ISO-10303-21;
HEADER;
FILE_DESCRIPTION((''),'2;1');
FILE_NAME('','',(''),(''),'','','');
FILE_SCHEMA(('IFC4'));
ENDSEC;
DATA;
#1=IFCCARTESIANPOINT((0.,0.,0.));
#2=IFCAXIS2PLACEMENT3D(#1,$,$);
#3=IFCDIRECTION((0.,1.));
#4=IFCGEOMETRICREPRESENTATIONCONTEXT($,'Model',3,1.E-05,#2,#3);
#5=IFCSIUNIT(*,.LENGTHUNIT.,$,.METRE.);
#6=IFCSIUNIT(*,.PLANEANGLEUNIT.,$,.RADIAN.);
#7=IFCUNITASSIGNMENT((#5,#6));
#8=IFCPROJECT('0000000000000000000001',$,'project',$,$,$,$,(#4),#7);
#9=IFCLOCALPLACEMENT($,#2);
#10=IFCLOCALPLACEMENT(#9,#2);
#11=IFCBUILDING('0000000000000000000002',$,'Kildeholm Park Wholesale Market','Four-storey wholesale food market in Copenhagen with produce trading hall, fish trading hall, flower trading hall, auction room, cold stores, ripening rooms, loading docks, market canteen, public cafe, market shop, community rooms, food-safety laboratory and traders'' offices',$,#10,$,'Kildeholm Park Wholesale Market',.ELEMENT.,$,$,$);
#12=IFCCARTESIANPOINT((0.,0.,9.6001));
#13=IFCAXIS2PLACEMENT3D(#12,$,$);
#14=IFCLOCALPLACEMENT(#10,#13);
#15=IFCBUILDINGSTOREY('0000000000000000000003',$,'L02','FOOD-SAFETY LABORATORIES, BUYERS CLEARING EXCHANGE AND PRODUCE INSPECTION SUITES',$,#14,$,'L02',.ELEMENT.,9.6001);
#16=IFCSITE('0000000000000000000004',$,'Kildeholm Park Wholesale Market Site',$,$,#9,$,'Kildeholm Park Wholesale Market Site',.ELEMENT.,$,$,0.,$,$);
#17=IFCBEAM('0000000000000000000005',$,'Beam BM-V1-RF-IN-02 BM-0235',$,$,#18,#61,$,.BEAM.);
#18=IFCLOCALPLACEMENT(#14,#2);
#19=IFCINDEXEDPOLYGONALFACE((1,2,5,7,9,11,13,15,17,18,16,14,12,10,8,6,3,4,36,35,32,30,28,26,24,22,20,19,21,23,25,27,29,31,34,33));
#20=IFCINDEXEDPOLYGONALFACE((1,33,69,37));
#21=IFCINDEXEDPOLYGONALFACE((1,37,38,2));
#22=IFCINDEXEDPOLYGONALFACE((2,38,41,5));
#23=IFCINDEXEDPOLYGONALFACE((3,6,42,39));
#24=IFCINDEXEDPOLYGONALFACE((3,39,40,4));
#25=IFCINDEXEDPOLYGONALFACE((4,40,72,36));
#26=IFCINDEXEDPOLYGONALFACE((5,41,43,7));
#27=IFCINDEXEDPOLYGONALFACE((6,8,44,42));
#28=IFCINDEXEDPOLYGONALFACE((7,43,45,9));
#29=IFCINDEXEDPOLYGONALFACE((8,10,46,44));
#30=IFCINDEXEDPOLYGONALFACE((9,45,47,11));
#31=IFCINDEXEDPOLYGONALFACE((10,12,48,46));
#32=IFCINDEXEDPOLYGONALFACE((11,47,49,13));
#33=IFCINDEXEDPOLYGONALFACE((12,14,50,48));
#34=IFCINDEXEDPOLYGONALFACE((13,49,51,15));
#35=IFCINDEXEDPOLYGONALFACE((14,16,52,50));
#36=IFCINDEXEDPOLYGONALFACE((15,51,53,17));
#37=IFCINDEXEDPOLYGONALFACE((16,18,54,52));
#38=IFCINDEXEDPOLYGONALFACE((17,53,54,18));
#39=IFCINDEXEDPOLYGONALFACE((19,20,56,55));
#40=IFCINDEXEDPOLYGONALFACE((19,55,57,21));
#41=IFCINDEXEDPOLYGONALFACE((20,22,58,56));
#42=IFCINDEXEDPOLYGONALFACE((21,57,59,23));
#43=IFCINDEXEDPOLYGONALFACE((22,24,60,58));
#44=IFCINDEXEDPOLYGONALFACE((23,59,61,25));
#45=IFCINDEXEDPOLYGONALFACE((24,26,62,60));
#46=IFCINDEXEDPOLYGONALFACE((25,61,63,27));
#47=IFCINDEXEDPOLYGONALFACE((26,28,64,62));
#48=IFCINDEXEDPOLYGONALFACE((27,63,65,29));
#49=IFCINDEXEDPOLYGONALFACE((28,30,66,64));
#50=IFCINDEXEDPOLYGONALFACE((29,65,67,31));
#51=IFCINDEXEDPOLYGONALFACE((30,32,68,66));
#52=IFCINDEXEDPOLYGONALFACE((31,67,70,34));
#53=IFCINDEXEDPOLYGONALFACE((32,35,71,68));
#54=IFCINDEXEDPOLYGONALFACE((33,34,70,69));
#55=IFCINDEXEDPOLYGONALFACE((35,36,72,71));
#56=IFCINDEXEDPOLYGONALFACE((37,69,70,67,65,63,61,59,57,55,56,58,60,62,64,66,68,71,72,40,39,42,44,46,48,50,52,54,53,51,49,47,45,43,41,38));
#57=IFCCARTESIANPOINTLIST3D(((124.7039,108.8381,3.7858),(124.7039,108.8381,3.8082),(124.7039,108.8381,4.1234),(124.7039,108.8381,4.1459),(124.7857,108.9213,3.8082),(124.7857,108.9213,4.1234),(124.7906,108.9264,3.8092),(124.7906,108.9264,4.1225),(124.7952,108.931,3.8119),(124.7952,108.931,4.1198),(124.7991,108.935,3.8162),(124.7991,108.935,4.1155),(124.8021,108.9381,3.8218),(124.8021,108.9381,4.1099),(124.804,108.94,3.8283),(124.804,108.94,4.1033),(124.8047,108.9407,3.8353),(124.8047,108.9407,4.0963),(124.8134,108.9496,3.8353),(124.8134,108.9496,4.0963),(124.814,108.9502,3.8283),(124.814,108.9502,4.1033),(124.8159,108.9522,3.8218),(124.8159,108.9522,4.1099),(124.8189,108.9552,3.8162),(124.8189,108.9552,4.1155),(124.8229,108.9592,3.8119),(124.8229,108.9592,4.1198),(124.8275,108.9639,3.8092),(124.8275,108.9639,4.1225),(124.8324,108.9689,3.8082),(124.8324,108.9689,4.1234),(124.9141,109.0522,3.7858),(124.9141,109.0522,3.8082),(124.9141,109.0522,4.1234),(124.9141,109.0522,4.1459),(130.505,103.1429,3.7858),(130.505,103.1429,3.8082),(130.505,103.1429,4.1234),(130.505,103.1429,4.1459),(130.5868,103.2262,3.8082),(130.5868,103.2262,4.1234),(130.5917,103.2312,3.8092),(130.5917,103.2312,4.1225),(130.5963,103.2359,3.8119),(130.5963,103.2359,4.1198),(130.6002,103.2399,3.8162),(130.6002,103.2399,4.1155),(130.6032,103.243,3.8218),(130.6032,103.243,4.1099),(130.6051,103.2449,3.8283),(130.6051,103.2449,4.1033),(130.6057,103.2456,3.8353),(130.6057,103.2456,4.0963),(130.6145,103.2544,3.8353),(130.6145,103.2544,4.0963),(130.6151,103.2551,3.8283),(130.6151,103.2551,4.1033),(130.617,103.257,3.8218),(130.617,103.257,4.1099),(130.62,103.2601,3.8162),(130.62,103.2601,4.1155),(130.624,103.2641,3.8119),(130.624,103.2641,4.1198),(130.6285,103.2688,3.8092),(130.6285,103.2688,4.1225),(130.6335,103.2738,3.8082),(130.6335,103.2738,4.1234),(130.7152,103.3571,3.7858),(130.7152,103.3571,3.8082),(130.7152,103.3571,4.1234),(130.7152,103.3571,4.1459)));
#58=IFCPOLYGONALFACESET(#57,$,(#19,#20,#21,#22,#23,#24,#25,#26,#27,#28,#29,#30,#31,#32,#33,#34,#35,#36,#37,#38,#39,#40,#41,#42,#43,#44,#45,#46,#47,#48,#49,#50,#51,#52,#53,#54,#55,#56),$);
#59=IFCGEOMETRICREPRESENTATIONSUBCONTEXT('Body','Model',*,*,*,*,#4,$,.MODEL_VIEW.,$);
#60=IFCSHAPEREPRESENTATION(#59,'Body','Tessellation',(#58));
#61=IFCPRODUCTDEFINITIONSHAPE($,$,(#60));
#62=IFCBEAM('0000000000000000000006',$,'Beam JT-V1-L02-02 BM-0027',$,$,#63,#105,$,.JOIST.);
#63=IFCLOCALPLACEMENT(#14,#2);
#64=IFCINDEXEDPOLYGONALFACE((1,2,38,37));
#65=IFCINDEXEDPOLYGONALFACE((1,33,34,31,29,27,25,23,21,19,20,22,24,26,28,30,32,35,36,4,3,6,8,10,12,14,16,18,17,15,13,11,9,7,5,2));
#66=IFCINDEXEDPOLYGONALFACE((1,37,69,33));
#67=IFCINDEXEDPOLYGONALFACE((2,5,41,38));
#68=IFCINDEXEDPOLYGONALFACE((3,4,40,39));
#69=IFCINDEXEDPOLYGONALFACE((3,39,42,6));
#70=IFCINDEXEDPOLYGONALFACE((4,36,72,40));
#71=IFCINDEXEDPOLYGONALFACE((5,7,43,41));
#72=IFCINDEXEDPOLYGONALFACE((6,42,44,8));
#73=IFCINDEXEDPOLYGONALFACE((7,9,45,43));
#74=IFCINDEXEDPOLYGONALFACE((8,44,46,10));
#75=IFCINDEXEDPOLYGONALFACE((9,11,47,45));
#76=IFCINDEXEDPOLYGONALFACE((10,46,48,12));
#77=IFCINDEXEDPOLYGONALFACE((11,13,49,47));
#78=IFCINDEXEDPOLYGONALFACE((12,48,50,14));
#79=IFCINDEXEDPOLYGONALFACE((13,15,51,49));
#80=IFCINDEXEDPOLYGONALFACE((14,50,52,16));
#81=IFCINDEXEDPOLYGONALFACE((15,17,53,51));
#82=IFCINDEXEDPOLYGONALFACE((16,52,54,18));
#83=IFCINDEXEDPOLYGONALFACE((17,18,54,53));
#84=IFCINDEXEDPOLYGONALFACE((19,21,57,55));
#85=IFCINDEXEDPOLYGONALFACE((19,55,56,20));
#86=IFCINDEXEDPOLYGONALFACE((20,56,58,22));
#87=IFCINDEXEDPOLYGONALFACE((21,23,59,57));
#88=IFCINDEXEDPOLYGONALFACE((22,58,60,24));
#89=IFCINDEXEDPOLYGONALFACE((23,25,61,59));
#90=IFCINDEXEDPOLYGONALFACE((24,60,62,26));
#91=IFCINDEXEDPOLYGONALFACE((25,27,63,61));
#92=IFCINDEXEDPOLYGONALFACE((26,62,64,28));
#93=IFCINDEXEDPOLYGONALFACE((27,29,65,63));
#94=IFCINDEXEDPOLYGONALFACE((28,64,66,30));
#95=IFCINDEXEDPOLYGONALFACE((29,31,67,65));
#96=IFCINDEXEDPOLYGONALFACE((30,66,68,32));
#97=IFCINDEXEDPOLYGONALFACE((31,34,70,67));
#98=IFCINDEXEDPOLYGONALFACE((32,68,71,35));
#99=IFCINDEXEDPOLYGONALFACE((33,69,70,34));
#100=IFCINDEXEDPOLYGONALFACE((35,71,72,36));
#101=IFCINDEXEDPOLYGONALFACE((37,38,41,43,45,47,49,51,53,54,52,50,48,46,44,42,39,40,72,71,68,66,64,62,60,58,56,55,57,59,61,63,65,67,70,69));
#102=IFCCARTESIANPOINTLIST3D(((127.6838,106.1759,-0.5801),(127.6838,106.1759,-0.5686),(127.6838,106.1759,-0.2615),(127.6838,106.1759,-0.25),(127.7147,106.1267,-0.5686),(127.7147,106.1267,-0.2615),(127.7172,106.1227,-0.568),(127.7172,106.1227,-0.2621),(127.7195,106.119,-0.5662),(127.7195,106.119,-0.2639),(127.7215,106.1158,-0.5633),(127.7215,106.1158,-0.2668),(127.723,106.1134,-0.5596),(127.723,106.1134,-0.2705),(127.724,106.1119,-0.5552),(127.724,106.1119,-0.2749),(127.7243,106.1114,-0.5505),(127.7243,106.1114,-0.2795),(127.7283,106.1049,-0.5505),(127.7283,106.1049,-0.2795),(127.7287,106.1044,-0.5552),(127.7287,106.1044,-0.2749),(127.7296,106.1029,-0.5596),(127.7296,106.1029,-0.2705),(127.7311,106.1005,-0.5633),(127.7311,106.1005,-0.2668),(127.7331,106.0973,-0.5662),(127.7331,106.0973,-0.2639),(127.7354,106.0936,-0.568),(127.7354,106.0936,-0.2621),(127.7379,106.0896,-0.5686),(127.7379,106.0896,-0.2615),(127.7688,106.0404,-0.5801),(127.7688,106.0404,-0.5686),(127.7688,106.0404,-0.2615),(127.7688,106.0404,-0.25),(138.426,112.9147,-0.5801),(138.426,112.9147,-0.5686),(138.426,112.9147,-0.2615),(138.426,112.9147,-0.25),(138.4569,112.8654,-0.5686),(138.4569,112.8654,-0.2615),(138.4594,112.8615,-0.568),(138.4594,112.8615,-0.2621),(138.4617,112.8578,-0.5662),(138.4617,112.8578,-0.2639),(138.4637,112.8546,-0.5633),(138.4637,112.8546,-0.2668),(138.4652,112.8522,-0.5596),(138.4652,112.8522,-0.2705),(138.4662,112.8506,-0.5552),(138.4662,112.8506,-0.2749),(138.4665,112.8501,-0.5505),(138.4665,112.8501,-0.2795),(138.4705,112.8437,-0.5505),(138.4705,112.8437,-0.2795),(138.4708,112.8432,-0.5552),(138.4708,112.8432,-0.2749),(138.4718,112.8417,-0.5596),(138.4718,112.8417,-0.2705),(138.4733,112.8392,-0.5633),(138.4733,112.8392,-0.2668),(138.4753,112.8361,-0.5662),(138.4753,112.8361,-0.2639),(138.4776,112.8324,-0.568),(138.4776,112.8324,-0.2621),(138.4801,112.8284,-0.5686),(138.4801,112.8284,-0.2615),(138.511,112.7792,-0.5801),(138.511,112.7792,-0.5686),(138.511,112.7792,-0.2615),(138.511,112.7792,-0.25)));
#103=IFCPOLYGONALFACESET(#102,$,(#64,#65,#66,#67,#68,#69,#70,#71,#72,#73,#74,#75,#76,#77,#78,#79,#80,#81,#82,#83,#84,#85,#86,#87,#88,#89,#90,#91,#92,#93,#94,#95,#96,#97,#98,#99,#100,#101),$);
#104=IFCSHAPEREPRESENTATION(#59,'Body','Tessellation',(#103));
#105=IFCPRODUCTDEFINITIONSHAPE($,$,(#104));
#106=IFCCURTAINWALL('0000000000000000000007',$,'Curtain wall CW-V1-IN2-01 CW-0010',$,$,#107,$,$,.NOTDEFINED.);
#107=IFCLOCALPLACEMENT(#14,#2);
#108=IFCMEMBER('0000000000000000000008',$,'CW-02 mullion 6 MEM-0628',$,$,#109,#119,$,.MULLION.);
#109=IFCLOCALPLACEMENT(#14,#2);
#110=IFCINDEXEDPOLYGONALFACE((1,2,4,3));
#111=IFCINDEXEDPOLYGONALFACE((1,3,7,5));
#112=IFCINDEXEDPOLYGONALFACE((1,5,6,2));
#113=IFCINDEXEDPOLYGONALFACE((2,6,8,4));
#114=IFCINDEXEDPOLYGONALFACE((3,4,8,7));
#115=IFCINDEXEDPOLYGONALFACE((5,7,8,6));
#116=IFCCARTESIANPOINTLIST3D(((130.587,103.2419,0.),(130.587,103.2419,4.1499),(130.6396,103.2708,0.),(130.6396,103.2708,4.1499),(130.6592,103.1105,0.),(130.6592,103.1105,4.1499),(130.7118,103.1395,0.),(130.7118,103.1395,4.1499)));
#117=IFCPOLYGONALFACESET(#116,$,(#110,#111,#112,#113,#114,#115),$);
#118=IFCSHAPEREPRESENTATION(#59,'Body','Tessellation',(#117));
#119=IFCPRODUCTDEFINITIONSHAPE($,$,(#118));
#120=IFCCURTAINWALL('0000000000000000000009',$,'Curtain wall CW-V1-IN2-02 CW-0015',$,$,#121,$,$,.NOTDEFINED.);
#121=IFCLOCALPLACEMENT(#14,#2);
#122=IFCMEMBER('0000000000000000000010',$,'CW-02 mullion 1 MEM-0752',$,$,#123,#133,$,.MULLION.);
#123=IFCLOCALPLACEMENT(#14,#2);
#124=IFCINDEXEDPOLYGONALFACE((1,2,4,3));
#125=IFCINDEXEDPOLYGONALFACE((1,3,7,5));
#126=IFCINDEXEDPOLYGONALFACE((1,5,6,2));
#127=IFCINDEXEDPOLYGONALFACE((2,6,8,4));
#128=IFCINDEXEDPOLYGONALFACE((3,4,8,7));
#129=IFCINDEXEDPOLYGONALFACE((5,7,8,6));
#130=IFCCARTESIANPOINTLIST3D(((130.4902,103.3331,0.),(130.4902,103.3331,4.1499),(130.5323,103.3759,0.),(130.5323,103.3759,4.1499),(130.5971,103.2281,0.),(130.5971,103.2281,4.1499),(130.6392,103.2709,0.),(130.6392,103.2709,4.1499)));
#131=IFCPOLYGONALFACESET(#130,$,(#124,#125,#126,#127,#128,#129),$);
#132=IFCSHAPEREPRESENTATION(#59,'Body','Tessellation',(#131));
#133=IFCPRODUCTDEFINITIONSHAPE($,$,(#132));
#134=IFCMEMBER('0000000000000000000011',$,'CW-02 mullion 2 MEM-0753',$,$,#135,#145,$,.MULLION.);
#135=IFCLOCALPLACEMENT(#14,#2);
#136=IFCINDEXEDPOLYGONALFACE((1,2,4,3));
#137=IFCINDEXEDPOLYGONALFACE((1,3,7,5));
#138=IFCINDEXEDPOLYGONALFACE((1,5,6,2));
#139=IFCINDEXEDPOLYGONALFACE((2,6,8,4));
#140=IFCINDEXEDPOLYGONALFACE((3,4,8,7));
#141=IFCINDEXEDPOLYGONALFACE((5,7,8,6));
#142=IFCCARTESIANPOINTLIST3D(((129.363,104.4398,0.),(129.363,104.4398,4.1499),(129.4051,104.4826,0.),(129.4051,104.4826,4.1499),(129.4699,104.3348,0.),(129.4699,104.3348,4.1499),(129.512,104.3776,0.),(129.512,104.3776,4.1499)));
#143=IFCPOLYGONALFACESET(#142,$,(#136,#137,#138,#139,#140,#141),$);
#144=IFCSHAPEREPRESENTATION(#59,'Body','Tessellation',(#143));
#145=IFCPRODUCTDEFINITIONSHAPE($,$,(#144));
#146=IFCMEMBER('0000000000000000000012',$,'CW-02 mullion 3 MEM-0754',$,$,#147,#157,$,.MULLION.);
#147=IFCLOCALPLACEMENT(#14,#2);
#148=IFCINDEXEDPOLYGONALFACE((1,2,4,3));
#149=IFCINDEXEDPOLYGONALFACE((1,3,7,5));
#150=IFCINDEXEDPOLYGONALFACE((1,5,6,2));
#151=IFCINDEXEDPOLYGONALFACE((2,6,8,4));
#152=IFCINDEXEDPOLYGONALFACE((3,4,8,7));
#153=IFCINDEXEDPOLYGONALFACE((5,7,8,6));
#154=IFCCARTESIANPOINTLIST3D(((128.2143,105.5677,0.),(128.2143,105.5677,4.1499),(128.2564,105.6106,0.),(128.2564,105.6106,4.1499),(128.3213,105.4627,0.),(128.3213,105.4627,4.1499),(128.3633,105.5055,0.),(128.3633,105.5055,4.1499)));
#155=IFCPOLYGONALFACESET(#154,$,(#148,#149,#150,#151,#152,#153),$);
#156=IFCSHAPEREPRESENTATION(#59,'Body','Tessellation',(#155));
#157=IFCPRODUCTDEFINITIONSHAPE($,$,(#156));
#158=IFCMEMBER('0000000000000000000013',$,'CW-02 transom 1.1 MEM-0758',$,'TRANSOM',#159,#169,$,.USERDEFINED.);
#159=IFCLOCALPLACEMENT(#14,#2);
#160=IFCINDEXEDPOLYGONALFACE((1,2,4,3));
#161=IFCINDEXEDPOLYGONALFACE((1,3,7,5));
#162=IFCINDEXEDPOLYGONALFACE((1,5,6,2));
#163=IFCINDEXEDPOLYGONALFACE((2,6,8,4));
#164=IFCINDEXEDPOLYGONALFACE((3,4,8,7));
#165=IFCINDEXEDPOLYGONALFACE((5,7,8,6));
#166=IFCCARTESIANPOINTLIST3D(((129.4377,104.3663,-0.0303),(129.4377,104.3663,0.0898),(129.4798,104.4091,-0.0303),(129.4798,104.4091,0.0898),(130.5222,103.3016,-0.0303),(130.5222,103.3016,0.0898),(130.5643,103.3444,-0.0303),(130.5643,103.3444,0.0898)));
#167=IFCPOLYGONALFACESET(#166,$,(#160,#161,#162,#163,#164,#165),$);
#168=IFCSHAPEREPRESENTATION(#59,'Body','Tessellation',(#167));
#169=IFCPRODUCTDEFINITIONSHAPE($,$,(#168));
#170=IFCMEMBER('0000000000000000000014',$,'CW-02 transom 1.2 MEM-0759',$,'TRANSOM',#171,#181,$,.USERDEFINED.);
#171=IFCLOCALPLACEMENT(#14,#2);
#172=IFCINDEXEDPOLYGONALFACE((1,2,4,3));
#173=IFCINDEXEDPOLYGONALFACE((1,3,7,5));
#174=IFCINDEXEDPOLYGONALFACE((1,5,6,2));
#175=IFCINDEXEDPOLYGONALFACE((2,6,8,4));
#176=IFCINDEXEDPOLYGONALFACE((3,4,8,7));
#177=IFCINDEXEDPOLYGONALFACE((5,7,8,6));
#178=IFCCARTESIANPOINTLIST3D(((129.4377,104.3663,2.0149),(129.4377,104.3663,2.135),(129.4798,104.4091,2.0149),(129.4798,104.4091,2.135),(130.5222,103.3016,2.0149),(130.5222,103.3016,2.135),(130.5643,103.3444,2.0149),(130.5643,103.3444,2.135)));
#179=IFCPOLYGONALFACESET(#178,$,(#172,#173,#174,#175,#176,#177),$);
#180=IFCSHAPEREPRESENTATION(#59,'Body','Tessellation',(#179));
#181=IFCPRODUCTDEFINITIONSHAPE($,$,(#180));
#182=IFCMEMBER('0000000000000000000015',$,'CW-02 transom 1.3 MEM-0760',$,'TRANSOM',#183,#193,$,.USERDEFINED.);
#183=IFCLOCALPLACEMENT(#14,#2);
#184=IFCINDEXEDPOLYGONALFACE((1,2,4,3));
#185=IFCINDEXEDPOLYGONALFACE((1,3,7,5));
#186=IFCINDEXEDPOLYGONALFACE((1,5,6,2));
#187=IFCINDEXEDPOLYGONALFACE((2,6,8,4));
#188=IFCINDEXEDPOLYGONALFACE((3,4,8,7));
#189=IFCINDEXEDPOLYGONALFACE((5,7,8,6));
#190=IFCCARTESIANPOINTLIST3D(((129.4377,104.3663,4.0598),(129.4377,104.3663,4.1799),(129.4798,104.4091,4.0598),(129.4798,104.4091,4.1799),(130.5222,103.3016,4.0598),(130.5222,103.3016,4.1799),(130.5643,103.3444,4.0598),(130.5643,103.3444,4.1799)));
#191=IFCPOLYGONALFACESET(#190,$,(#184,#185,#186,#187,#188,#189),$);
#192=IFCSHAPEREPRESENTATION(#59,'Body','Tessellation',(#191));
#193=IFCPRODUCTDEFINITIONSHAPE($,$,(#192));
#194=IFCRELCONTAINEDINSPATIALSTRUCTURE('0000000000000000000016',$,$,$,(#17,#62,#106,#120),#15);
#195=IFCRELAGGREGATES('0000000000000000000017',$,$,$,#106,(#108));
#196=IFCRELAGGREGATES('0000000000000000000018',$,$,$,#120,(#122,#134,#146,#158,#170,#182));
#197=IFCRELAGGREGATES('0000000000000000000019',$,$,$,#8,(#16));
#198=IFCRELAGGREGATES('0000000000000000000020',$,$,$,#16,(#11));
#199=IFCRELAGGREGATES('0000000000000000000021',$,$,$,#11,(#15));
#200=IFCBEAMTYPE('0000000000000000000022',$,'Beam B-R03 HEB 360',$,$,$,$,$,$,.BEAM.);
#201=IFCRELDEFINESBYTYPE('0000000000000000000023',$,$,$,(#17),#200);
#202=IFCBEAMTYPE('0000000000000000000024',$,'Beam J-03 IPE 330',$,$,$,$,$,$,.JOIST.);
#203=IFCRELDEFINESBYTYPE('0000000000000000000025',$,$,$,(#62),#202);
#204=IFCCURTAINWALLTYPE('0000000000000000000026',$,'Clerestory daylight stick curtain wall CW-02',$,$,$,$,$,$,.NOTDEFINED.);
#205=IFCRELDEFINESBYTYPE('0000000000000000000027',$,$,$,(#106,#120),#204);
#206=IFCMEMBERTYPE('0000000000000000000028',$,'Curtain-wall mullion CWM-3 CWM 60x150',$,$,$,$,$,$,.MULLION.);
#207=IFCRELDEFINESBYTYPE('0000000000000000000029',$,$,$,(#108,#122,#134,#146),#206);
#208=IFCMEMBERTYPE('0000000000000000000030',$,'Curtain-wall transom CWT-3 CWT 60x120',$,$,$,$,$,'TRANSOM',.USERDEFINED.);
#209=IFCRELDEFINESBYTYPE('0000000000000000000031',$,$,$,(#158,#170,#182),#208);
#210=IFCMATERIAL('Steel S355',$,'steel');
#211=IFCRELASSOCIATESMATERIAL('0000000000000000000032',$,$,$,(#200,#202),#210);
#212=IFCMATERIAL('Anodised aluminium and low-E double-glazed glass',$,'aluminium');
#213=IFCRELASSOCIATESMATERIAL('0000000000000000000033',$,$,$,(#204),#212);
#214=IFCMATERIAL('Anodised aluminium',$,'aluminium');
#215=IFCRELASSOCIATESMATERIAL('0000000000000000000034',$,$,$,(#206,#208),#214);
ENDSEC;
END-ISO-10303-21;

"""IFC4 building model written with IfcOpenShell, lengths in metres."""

from ifc_helpers import new_model, si_unit, direction, frame, origin, origin_2d, place, context, subcontext, project, spatial, rectangle, i_section, extrude, material, material_profile, profile_set, type_object, element, aggregate, save


model = new_model("IFC4")

# Units and contexts
model_context = context("Model", 3, precision=1e-05, world=origin(), true_north=direction((0.0, 1.0)))
body_context = subcontext(model_context, "Body", "Model", "MODEL_VIEW")
ifc_project = project(units=[si_unit("LENGTHUNIT", "METRE"), si_unit("PLANEANGLEUNIT", "RADIAN")], contexts=[model_context])

# Site, building, storey
site_placement = place(None, origin())
site = spatial("IfcSite", under=ifc_project, at=site_placement, Name="Kildeholm Park Wholesale Market Site", LongName="Kildeholm Park Wholesale Market Site", CompositionType="ELEMENT", RefElevation=0.0)
building_placement = place(site_placement, origin())
building = spatial("IfcBuilding", under=site, at=building_placement, Name="Kildeholm Park Wholesale Market", Description="Four-storey wholesale food market in Copenhagen with produce trading hall, fish trading hall, flower trading hall, auction room, cold stores, ripening rooms, loading docks, market canteen, public cafe, market shop, community rooms, food-safety laboratory and traders' offices", LongName="Kildeholm Park Wholesale Market", CompositionType="ELEMENT")
storey_placement = place(building_placement, frame((0.0, 0.0, 9.6001)))
storey = spatial("IfcBuildingStorey", under=building, at=storey_placement, Name="L02", Description="FOOD-SAFETY LABORATORIES, BUYERS CLEARING EXCHANGE AND PRODUCE INSPECTION SUITES", LongName="L02", CompositionType="ELEMENT", Elevation=9.6001)

# Shared definitions
ifc_material_1 = material(Name="Steel S355", Category="steel")

# Beams
ifc_material_profile_1 = material_profile(ifc_material_1, i_section(OverallWidth=0.3, OverallDepth=0.3601, WebThickness=0.0125, FlangeThickness=0.0225, FilletRadius=0.0271, at=origin_2d()), Name="HEB 360")
ifc_profile_set_1 = profile_set([ifc_material_profile_1], Name="Steel S355")
beam_type_1 = type_object("IfcBeamType", Name="Beam B-R03 HEB 360", PredefinedType="BEAM", material=ifc_profile_set_1)
beam_1_placement = place(storey_placement, frame((130.6101, 103.25, 3.9658), z_axis=(-0.713594, 0.70056, 0.0), x_axis=(-0.70056, -0.713594, 0.0)))
element("IfcBeam", 1, at=beam_1_placement, inside=storey, type_object=beam_type_1, Name="Beam BM-V1-RF-IN-02 BM-0235", PredefinedType="BEAM", context=body_context, shape_type="SweptSolid", body=[
    extrude(i_section(OverallWidth=0.3, OverallDepth=0.3601, WebThickness=0.0125, FlangeThickness=0.0225, FilletRadius=0.0271, at=origin_2d()), origin(), (0.0, 0.0, 1.0), 8.1294),
])
ifc_material_profile_2 = material_profile(ifc_material_1, i_section(OverallWidth=0.1599, OverallDepth=0.3301, WebThickness=0.0076, FlangeThickness=0.0115, FilletRadius=0.0181, at=origin_2d()), Name="IPE 330")
ifc_profile_set_2 = profile_set([ifc_material_profile_2], Name="Steel S355")
beam_type_2 = type_object("IfcBeamType", Name="Beam J-03 IPE 330", PredefinedType="JOIST", material=ifc_profile_set_2)
beam_2_placement = place(storey_placement, frame((127.7263, 106.1082, -0.415), z_axis=(0.847115, 0.53141, 0.0), x_axis=(-0.53141, 0.847115, 0.0)))
element("IfcBeam", 2, at=beam_2_placement, inside=storey, type_object=beam_type_2, Name="Beam JT-V1-L02-02 BM-0027", PredefinedType="JOIST", context=body_context, shape_type="SweptSolid", body=[
    extrude(i_section(OverallWidth=0.1599, OverallDepth=0.3301, WebThickness=0.0076, FlangeThickness=0.0115, FilletRadius=0.0181, at=origin_2d()), origin(), (0.0, 0.0, 1.0), 12.6809),
])

# Curtain wall, member
ifc_material_2 = material(Name="Anodised aluminium and low-E double-glazed glass", Category="aluminium")
curtain_wall_type = type_object("IfcCurtainWallType", Name="Clerestory daylight stick curtain wall CW-02", PredefinedType="NOTDEFINED", material=ifc_material_2)
curtain_wall_1_placement = place(storey_placement, origin())
curtain_wall_1 = element("IfcCurtainWall", 3, at=curtain_wall_1_placement, inside=storey, type_object=curtain_wall_type, Name="Curtain wall CW-V1-IN2-01 CW-0010", PredefinedType="NOTDEFINED")
ifc_material_3 = material(Name="Anodised aluminium", Category="aluminium")
ifc_material_profile_3 = material_profile(ifc_material_3, rectangle(XDim=0.0601, YDim=0.1499, at=origin_2d()), Name="CWM 60x150")
ifc_profile_set_3 = profile_set([ifc_material_profile_3], Name="Anodised aluminium")
member_type_1 = type_object("IfcMemberType", Name="Curtain-wall mullion CWM-3 CWM 60x150", PredefinedType="MULLION", material=ifc_profile_set_3)
member_1_placement = place(storey_placement, frame((130.6494, 103.1907, 0.0), z_axis=(0.0, 0.0, 1.0), x_axis=(-0.876309, -0.48175, 0.0)))
member_1 = element("IfcMember", 4, at=member_1_placement, type_object=member_type_1, Name="CW-02 mullion 6 MEM-0628", PredefinedType="MULLION", context=body_context, shape_type="SweptSolid", body=[
    extrude(rectangle(XDim=0.0601, YDim=0.1499, at=origin_2d()), origin(), (0.0, 0.0, 1.0), 4.1499),
])
aggregate(curtain_wall_1, [member_1])

# Curtain wall, members
curtain_wall_2_placement = place(storey_placement, origin())
curtain_wall_2 = element("IfcCurtainWall", 5, at=curtain_wall_2_placement, inside=storey, type_object=curtain_wall_type, Name="Curtain wall CW-V1-IN2-02 CW-0015", PredefinedType="NOTDEFINED")
member_2_placement = place(storey_placement, frame((130.5647, 103.302, 0.0), z_axis=(0.0, 0.0, 1.0), x_axis=(-0.700617, -0.713538, 0.0)))
member_2 = element("IfcMember", 6, at=member_2_placement, type_object=member_type_1, Name="CW-02 mullion 1 MEM-0752", PredefinedType="MULLION", context=body_context, shape_type="SweptSolid", body=[
    extrude(rectangle(XDim=0.0601, YDim=0.1499, at=origin_2d()), origin(), (0.0, 0.0, 1.0), 4.1499),
])
member_3_placement = place(storey_placement, frame((129.4375, 104.4087, 0.0), z_axis=(0.0, 0.0, 1.0), x_axis=(-0.700617, -0.713538, 0.0)))
member_3 = element("IfcMember", 7, at=member_3_placement, type_object=member_type_1, Name="CW-02 mullion 2 MEM-0753", PredefinedType="MULLION", context=body_context, shape_type="SweptSolid", body=[
    extrude(rectangle(XDim=0.0601, YDim=0.1499, at=origin_2d()), origin(), (0.0, 0.0, 1.0), 4.1499),
])
member_4_placement = place(storey_placement, frame((128.2888, 105.5366, 0.0), z_axis=(0.0, 0.0, 1.0), x_axis=(-0.700617, -0.713538, 0.0)))
member_4 = element("IfcMember", 8, at=member_4_placement, type_object=member_type_1, Name="CW-02 mullion 3 MEM-0754", PredefinedType="MULLION", context=body_context, shape_type="SweptSolid", body=[
    extrude(rectangle(XDim=0.0601, YDim=0.1499, at=origin_2d()), origin(), (0.0, 0.0, 1.0), 4.1499),
])
ifc_material_profile_4 = material_profile(ifc_material_3, rectangle(XDim=0.0601, YDim=0.1201, at=origin_2d()), Name="CWT 60x120")
ifc_profile_set_4 = profile_set([ifc_material_profile_4], Name="Anodised aluminium")
member_type_2 = type_object("IfcMemberType", Name="Curtain-wall transom CWT-3 CWT 60x120", ElementType="TRANSOM", PredefinedType="USERDEFINED", material=ifc_profile_set_4)
member_5_placement = place(storey_placement, frame((130.5432, 103.323, 0.0298), z_axis=(-0.713583, 0.700571, 0.0), x_axis=(-0.700571, -0.713583, 0.0)))
member_5 = element("IfcMember", 9, at=member_5_placement, type_object=member_type_2, Name="CW-02 transom 1.1 MEM-0758", ObjectType="TRANSOM", PredefinedType="USERDEFINED", context=body_context, shape_type="SweptSolid", body=[
    extrude(rectangle(XDim=0.0601, YDim=0.1201, at=origin_2d()), origin(), (0.0, 0.0, 1.0), 1.5198),
])
member_6_placement = place(storey_placement, frame((130.5432, 103.323, 2.075), z_axis=(-0.713583, 0.700571, 0.0), x_axis=(-0.700571, -0.713583, 0.0)))
member_6 = element("IfcMember", 10, at=member_6_placement, type_object=member_type_2, Name="CW-02 transom 1.2 MEM-0759", ObjectType="TRANSOM", PredefinedType="USERDEFINED", context=body_context, shape_type="SweptSolid", body=[
    extrude(rectangle(XDim=0.0601, YDim=0.1201, at=origin_2d()), origin(), (0.0, 0.0, 1.0), 1.5198),
])
member_7_placement = place(storey_placement, frame((130.5432, 103.323, 4.1199), z_axis=(-0.713583, 0.700571, 0.0), x_axis=(-0.700571, -0.713583, 0.0)))
member_7 = element("IfcMember", 11, at=member_7_placement, type_object=member_type_2, Name="CW-02 transom 1.3 MEM-0760", ObjectType="TRANSOM", PredefinedType="USERDEFINED", context=body_context, shape_type="SweptSolid", body=[
    extrude(rectangle(XDim=0.0601, YDim=0.1201, at=origin_2d()), origin(), (0.0, 0.0, 1.0), 1.5198),
])
aggregate(curtain_wall_2, [member_2, member_3, member_4, member_5, member_6, member_7])

save(model, "model.ifc")
